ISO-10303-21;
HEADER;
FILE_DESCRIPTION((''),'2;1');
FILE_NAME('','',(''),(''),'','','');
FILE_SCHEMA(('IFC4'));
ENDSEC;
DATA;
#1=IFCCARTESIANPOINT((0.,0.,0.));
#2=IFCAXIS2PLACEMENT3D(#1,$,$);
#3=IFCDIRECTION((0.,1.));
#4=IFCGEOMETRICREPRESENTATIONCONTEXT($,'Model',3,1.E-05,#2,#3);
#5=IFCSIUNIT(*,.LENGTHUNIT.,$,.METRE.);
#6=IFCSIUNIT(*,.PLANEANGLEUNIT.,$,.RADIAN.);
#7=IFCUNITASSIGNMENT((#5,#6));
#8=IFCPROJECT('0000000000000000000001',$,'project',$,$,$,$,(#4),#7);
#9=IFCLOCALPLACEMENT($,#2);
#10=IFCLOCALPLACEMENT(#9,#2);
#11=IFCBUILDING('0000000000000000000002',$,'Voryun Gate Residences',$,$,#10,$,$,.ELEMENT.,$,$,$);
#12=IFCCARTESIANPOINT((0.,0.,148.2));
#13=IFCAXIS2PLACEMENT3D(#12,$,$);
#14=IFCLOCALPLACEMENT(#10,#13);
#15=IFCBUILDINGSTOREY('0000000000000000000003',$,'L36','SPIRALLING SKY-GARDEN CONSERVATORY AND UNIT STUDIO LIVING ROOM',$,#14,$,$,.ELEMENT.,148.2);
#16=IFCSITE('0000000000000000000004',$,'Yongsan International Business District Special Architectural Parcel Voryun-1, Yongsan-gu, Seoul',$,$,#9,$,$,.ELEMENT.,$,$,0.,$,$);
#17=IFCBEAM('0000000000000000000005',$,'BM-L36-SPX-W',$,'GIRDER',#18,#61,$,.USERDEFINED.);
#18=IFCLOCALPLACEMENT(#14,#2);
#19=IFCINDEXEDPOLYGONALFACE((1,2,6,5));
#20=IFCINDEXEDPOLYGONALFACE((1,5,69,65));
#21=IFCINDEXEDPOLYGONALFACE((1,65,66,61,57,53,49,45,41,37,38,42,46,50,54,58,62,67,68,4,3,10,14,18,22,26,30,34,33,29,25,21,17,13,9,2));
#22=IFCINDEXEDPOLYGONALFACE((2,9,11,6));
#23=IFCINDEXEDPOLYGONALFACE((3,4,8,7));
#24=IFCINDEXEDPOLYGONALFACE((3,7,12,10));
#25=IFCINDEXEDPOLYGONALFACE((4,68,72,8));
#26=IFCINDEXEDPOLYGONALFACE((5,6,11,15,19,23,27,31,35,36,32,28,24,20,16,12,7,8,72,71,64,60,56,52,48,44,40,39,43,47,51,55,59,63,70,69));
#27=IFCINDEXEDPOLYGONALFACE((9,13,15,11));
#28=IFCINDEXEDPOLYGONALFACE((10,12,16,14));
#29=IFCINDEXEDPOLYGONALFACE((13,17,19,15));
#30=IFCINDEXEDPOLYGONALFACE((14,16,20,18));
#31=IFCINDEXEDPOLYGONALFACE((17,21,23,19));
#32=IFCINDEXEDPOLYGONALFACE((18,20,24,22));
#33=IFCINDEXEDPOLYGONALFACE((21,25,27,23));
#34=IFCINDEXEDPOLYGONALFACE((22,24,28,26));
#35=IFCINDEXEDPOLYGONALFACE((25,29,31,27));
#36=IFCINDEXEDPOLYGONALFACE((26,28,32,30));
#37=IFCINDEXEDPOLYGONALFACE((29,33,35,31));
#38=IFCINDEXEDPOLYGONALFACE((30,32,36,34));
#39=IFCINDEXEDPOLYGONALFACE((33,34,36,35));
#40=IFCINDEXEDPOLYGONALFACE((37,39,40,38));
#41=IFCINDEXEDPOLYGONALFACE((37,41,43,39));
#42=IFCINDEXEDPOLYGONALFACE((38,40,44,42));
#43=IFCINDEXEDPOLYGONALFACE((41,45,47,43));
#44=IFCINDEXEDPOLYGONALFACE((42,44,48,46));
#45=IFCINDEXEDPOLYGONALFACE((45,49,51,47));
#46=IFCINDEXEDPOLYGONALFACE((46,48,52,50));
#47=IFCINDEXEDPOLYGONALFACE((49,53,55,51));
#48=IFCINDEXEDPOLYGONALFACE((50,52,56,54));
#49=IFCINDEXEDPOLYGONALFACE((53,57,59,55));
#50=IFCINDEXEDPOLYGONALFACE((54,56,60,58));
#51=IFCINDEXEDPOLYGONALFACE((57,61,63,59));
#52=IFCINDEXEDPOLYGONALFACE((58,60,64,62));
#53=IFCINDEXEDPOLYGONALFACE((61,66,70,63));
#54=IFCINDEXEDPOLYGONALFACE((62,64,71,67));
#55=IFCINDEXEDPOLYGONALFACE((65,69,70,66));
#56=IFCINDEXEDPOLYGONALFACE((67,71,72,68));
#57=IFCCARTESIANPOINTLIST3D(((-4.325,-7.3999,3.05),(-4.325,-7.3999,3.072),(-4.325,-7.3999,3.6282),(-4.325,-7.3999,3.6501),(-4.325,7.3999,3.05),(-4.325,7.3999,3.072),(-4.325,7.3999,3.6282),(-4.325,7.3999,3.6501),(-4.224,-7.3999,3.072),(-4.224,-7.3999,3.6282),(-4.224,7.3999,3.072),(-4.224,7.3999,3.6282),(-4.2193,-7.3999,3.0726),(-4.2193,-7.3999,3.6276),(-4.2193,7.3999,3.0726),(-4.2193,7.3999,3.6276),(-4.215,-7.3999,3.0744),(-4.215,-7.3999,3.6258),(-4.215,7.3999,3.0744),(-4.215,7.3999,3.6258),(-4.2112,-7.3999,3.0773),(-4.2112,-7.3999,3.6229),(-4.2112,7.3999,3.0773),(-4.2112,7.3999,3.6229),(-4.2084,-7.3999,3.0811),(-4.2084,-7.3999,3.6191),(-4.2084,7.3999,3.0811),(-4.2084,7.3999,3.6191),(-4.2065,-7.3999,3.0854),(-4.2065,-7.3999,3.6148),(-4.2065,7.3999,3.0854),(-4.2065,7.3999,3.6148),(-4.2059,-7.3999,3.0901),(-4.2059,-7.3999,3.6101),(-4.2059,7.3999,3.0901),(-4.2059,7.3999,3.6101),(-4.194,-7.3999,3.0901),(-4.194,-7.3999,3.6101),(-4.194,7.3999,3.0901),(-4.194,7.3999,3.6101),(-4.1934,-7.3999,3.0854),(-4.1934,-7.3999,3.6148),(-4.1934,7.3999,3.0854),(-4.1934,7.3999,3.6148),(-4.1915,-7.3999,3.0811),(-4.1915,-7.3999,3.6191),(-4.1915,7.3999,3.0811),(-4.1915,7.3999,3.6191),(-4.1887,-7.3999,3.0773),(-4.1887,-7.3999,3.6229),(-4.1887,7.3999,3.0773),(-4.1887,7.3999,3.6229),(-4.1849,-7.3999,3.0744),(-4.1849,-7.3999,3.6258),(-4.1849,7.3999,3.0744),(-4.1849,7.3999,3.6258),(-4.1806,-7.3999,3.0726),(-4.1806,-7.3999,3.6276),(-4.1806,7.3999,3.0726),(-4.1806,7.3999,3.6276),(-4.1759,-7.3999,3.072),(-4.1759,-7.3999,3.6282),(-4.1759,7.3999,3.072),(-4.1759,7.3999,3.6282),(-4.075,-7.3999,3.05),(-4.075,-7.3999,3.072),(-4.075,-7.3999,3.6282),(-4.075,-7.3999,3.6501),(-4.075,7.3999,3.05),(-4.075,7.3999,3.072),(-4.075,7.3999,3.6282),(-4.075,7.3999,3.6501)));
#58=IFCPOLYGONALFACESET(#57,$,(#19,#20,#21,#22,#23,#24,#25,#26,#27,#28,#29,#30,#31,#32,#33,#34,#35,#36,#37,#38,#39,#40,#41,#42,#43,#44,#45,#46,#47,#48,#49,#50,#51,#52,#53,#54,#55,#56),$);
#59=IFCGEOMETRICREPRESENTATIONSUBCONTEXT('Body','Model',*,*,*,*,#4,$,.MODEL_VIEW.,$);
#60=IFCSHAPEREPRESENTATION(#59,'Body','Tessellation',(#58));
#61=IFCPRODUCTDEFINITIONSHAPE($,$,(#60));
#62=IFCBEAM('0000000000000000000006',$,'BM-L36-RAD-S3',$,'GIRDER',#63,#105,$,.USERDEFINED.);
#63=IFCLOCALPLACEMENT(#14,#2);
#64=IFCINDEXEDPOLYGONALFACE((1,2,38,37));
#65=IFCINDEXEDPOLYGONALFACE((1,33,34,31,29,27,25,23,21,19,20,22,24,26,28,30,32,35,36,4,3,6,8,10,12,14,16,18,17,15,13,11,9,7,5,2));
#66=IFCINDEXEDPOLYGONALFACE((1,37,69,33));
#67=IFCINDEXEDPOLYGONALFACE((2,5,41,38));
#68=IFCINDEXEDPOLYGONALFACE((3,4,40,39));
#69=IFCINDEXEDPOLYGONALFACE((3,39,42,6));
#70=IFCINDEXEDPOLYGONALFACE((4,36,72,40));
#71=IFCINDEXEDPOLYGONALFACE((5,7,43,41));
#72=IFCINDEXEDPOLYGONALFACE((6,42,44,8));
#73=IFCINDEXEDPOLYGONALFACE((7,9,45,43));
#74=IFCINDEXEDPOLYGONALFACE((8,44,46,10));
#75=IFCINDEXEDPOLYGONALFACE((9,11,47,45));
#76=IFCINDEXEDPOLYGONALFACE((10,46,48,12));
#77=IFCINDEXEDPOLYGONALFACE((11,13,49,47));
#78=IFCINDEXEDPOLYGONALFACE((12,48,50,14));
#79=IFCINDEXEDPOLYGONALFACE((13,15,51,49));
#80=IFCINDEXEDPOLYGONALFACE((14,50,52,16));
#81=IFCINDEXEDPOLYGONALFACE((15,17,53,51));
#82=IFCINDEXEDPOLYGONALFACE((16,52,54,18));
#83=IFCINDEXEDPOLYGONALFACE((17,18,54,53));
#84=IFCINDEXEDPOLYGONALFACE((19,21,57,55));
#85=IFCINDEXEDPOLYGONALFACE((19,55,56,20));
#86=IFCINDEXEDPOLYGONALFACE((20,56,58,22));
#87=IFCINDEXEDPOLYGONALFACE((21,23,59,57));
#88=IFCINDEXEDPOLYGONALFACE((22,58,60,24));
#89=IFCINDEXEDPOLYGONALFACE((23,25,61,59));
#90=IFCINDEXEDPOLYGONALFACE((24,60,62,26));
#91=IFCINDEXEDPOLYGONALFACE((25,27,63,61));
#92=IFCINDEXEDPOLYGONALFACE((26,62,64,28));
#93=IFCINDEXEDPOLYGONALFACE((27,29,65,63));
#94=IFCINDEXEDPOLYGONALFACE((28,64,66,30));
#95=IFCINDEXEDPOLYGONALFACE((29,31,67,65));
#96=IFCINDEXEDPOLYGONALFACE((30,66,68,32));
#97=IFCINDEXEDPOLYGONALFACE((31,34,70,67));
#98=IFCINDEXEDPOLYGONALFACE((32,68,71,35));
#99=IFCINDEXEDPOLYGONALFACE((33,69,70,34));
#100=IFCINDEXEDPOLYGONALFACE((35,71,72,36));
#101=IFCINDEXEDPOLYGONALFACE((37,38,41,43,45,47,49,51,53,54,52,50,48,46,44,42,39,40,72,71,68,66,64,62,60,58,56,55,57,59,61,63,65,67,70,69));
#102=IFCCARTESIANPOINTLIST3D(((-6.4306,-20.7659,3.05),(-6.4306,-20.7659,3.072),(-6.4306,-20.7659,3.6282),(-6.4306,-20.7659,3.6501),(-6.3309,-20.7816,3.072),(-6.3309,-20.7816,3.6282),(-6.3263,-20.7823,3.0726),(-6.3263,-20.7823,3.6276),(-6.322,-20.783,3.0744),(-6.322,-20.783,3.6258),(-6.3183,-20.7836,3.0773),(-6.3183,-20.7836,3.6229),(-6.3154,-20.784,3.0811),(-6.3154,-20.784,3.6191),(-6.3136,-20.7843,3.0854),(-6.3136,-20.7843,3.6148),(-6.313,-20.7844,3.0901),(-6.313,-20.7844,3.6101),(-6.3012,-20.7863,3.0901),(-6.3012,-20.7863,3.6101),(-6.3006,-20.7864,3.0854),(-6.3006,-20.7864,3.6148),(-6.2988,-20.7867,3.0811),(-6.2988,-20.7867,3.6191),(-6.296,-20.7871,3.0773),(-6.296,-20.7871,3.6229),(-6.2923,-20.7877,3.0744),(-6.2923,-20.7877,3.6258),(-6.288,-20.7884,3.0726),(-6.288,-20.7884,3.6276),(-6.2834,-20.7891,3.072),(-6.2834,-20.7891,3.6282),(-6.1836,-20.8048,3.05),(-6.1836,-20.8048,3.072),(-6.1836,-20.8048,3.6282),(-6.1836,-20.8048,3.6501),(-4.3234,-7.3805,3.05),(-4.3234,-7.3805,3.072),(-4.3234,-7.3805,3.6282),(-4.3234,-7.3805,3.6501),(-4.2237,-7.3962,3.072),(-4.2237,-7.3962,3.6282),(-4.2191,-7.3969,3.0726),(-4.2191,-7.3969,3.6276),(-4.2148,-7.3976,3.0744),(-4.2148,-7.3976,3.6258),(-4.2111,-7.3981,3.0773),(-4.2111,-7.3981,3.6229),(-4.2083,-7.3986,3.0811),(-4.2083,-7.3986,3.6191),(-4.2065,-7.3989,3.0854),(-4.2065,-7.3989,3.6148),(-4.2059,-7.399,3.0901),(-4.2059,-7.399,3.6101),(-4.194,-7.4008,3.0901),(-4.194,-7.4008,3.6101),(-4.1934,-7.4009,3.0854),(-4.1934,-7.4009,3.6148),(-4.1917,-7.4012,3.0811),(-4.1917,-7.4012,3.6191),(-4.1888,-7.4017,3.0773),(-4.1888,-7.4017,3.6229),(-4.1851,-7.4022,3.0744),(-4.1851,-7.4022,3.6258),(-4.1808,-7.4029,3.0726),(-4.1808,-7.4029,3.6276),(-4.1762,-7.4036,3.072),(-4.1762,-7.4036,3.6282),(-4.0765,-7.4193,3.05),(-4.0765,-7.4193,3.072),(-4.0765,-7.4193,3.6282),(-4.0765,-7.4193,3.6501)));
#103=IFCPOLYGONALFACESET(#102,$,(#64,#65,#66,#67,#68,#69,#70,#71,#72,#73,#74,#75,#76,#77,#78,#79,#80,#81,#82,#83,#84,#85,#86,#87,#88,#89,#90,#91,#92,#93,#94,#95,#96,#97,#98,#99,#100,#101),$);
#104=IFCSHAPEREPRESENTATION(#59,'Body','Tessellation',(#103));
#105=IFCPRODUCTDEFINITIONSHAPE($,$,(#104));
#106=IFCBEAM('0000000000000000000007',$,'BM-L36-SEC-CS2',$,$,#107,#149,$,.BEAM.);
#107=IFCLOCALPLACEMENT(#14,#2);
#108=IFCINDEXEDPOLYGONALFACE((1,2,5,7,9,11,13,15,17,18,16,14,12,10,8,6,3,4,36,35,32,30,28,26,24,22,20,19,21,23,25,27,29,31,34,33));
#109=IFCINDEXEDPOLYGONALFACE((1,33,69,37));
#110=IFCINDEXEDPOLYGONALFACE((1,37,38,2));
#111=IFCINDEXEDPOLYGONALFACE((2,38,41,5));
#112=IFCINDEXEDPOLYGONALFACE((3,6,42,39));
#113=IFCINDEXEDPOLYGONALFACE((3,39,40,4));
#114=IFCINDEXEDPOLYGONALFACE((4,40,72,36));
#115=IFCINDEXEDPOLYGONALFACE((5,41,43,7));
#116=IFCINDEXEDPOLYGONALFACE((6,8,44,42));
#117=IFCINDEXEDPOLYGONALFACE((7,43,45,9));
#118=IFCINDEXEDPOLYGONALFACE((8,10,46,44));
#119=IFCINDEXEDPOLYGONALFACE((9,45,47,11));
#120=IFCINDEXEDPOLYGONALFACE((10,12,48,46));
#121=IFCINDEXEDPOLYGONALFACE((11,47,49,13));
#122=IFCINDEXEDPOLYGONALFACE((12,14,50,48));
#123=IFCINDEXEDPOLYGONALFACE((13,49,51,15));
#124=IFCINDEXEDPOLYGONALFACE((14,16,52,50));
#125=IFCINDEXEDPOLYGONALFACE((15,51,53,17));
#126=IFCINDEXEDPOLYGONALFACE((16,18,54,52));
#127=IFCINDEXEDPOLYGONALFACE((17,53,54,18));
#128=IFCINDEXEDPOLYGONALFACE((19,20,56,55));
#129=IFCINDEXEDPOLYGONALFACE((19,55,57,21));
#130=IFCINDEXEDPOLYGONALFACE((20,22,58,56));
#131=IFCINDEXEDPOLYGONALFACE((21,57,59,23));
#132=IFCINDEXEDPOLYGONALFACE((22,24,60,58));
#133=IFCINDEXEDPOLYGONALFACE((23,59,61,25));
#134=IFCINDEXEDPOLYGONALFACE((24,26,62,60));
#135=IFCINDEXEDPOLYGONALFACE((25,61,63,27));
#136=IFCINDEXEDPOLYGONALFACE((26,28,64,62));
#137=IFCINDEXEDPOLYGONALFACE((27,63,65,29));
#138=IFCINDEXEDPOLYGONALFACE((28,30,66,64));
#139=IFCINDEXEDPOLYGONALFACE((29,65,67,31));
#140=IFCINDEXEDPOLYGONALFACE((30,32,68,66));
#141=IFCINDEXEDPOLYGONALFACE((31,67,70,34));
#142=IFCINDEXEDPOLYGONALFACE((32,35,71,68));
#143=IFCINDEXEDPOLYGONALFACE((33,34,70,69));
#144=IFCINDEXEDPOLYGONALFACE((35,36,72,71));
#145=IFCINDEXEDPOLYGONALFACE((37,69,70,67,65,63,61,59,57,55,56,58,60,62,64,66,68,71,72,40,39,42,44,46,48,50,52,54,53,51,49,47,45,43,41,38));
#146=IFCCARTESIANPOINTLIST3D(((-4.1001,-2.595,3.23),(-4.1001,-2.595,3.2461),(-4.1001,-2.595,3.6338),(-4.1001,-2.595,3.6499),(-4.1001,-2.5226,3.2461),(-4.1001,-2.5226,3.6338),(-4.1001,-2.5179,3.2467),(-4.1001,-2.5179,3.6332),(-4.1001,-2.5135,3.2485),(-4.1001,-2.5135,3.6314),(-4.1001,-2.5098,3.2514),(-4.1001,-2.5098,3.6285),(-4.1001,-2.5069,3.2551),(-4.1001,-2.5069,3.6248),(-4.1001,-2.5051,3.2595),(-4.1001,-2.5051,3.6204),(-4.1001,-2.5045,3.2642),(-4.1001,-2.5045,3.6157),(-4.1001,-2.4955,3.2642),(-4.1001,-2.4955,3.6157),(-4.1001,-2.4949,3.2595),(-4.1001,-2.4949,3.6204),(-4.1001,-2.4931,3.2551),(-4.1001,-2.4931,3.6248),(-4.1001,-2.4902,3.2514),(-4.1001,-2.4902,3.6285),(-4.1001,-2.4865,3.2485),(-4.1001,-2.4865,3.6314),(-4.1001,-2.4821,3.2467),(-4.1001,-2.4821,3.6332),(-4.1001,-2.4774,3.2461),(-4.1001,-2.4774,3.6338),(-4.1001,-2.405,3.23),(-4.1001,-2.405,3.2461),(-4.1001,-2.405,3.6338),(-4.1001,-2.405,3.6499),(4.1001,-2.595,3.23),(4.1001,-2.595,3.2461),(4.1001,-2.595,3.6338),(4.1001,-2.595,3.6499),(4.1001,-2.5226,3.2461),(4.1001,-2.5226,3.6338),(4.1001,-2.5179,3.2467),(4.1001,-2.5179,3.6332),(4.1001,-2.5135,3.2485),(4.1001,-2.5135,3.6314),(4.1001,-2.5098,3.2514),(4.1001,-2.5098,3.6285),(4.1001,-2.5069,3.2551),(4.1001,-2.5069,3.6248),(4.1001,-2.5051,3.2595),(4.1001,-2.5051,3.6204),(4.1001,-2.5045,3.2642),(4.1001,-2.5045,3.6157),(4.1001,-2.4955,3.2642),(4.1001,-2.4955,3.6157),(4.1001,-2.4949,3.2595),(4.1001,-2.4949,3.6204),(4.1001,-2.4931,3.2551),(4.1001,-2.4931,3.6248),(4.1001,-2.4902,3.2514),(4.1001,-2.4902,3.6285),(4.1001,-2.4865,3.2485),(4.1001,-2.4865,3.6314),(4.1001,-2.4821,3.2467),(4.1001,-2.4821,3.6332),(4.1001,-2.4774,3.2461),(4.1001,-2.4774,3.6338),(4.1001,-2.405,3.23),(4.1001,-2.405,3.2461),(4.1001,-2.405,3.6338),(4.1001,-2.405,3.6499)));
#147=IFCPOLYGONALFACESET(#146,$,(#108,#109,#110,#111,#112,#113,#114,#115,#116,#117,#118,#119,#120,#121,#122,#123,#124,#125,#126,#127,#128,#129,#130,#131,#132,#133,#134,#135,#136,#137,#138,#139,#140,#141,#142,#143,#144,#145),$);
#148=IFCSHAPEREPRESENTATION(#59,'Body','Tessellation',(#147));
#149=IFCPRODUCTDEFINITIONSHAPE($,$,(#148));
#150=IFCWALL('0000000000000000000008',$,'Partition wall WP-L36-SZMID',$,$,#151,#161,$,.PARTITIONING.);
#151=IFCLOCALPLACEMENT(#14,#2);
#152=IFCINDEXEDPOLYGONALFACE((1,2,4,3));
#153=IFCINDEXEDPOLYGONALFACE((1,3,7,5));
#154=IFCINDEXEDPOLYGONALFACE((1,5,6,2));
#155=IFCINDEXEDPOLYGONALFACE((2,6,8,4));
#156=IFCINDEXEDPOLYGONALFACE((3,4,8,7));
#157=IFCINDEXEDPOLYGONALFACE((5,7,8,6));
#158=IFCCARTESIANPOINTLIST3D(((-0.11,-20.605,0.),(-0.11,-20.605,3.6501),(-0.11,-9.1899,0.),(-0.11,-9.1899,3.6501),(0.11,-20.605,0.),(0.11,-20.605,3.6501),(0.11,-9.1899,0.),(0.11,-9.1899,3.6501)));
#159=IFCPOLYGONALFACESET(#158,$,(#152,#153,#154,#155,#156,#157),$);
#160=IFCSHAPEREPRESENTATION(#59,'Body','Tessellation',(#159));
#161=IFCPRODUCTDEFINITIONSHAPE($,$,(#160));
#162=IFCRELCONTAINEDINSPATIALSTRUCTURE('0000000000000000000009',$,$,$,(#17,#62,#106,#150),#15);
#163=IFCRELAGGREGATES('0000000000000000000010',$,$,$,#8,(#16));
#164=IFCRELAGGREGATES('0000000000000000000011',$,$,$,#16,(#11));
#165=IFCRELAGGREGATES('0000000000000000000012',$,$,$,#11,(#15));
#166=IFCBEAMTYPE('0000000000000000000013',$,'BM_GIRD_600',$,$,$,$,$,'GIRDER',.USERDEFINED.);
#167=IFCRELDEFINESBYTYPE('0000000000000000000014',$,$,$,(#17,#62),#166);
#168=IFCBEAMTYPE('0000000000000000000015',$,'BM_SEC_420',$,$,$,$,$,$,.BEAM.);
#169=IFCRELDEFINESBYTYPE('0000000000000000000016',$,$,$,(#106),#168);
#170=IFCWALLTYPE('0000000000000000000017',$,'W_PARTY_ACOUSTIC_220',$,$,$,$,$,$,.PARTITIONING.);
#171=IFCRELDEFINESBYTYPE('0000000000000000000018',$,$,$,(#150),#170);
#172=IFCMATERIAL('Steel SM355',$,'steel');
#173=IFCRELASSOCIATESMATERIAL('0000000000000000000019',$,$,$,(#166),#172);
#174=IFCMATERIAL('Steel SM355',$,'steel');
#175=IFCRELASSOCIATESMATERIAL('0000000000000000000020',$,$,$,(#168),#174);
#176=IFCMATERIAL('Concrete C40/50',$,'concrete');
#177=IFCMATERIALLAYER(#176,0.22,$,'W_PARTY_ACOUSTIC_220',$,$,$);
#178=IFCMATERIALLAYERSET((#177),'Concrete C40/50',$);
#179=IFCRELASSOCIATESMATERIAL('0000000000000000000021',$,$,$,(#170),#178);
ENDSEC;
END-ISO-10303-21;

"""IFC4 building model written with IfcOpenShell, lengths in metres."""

from ifc_helpers import new_model, si_unit, direction, frame, frame_2d, origin, origin_2d, place, context, subcontext, project, spatial, rectangle, i_section, extrude, material, layer, layer_set, material_profile, profile_set, type_object, element, save


model = new_model("IFC4")

# Units and contexts
model_context = context("Model", 3, precision=1e-05, world=origin(), true_north=direction((0.0, 1.0)))
body_context = subcontext(model_context, "Body", "Model", "MODEL_VIEW")
ifc_project = project(units=[si_unit("LENGTHUNIT", "METRE"), si_unit("PLANEANGLEUNIT", "RADIAN")], contexts=[model_context])

# Site, building, storey
site_placement = place(None, origin())
site = spatial("IfcSite", under=ifc_project, at=site_placement, Name="Yongsan International Business District Special Architectural Parcel Voryun-1, Yongsan-gu, Seoul", CompositionType="ELEMENT", RefElevation=0.0)
building_placement = place(site_placement, origin())
building = spatial("IfcBuilding", under=site, at=building_placement, Name="Voryun Gate Residences", CompositionType="ELEMENT")
storey_placement = place(building_placement, frame((0.0, 0.0, 148.2)))
storey = spatial("IfcBuildingStorey", under=building, at=storey_placement, Name="L36", Description="SPIRALLING SKY-GARDEN CONSERVATORY AND UNIT STUDIO LIVING ROOM", CompositionType="ELEMENT", Elevation=148.2)

# Beams
ifc_material_1 = material(Name="Steel SM355", Category="steel")
ifc_material_profile_1 = material_profile(ifc_material_1, i_section(OverallWidth=0.25, OverallDepth=0.6001, WebThickness=0.012, FlangeThickness=0.022, FilletRadius=0.0181, at=origin_2d()), Name="H-600x250x12x22")
ifc_profile_set_1 = profile_set([ifc_material_profile_1], Name="Steel SM355")
beam_type_1 = type_object("IfcBeamType", Name="BM_GIRD_600", ElementType="GIRDER", PredefinedType="USERDEFINED", material=ifc_profile_set_1)
beam_1_placement = place(storey_placement, frame((-4.2, -7.3999, 3.3501), z_axis=(0.0, 1.0, 0.0), x_axis=(-1.0, 0.0, 0.0)))
element("IfcBeam", 1, at=beam_1_placement, inside=storey, type_object=beam_type_1, Name="BM-L36-SPX-W", ObjectType="GIRDER", PredefinedType="USERDEFINED", context=body_context, shape_type="SweptSolid", body=[
    extrude(i_section(OverallWidth=0.25, OverallDepth=0.6001, WebThickness=0.012, FlangeThickness=0.022, FilletRadius=0.0181, at=origin_2d()), origin(), (0.0, 0.0, 1.0), 14.7998),
])
beam_2_placement = place(storey_placement, frame((-4.2, -7.3999, 3.3501), z_axis=(-0.155507, -0.987835, 0.0), x_axis=(0.987835, -0.155507, 0.0)))
element("IfcBeam", 2, at=beam_2_placement, inside=storey, type_object=beam_type_1, Name="BM-L36-RAD-S3", ObjectType="GIRDER", PredefinedType="USERDEFINED", context=body_context, shape_type="SweptSolid", body=[
    extrude(i_section(OverallWidth=0.25, OverallDepth=0.6001, WebThickness=0.012, FlangeThickness=0.022, FilletRadius=0.0181, at=origin_2d()), origin(), (0.0, 0.0, 1.0), 13.5503),
])
ifc_material_2 = material(Name="Steel SM355", Category="steel")
ifc_material_profile_2 = material_profile(ifc_material_2, i_section(OverallWidth=0.1899, OverallDepth=0.4199, WebThickness=0.009, FlangeThickness=0.0161, FilletRadius=0.0181, at=origin_2d()), Name="H-420x190x9x16")
ifc_profile_set_2 = profile_set([ifc_material_profile_2], Name="Steel SM355")
beam_type_2 = type_object("IfcBeamType", Name="BM_SEC_420", PredefinedType="BEAM", material=ifc_profile_set_2)
beam_3_placement = place(storey_placement, frame((-4.1001, -2.5, 3.4399), z_axis=(1.0, 0.0, 0.0), x_axis=(0.0, 1.0, 0.0)))
element("IfcBeam", 3, at=beam_3_placement, inside=storey, type_object=beam_type_2, Name="BM-L36-SEC-CS2", PredefinedType="BEAM", context=body_context, shape_type="SweptSolid", body=[
    extrude(i_section(OverallWidth=0.1899, OverallDepth=0.4199, WebThickness=0.009, FlangeThickness=0.0161, FilletRadius=0.0181, at=origin_2d()), origin(), (0.0, 0.0, 1.0), 8.2002),
])

# Wall
ifc_material_3 = material(Name="Concrete C40/50", Category="concrete")
ifc_layer_1 = layer(ifc_material_3, 0.22, Name="W_PARTY_ACOUSTIC_220")
ifc_layer_set_1 = layer_set([ifc_layer_1], Name="Concrete C40/50")
wall_type_1 = type_object("IfcWallType", Name="W_PARTY_ACOUSTIC_220", PredefinedType="PARTITIONING", material=ifc_layer_set_1)
wall_1_placement = place(storey_placement, frame((0.0, -20.605, 0.0), z_axis=(0.0, 0.0, 1.0), x_axis=(0.0, 1.0, 0.0)))
element("IfcWall", 4, at=wall_1_placement, inside=storey, type_object=wall_type_1, Name="Partition wall WP-L36-SZMID", PredefinedType="PARTITIONING", context=body_context, shape_type="SweptSolid", body=[
    extrude(rectangle(XDim=11.415, YDim=0.22, at=frame_2d((5.7075, 0.0))), origin(), (0.0, 0.0, 1.0), 3.6501),
])

save(model, "model.ifc")
